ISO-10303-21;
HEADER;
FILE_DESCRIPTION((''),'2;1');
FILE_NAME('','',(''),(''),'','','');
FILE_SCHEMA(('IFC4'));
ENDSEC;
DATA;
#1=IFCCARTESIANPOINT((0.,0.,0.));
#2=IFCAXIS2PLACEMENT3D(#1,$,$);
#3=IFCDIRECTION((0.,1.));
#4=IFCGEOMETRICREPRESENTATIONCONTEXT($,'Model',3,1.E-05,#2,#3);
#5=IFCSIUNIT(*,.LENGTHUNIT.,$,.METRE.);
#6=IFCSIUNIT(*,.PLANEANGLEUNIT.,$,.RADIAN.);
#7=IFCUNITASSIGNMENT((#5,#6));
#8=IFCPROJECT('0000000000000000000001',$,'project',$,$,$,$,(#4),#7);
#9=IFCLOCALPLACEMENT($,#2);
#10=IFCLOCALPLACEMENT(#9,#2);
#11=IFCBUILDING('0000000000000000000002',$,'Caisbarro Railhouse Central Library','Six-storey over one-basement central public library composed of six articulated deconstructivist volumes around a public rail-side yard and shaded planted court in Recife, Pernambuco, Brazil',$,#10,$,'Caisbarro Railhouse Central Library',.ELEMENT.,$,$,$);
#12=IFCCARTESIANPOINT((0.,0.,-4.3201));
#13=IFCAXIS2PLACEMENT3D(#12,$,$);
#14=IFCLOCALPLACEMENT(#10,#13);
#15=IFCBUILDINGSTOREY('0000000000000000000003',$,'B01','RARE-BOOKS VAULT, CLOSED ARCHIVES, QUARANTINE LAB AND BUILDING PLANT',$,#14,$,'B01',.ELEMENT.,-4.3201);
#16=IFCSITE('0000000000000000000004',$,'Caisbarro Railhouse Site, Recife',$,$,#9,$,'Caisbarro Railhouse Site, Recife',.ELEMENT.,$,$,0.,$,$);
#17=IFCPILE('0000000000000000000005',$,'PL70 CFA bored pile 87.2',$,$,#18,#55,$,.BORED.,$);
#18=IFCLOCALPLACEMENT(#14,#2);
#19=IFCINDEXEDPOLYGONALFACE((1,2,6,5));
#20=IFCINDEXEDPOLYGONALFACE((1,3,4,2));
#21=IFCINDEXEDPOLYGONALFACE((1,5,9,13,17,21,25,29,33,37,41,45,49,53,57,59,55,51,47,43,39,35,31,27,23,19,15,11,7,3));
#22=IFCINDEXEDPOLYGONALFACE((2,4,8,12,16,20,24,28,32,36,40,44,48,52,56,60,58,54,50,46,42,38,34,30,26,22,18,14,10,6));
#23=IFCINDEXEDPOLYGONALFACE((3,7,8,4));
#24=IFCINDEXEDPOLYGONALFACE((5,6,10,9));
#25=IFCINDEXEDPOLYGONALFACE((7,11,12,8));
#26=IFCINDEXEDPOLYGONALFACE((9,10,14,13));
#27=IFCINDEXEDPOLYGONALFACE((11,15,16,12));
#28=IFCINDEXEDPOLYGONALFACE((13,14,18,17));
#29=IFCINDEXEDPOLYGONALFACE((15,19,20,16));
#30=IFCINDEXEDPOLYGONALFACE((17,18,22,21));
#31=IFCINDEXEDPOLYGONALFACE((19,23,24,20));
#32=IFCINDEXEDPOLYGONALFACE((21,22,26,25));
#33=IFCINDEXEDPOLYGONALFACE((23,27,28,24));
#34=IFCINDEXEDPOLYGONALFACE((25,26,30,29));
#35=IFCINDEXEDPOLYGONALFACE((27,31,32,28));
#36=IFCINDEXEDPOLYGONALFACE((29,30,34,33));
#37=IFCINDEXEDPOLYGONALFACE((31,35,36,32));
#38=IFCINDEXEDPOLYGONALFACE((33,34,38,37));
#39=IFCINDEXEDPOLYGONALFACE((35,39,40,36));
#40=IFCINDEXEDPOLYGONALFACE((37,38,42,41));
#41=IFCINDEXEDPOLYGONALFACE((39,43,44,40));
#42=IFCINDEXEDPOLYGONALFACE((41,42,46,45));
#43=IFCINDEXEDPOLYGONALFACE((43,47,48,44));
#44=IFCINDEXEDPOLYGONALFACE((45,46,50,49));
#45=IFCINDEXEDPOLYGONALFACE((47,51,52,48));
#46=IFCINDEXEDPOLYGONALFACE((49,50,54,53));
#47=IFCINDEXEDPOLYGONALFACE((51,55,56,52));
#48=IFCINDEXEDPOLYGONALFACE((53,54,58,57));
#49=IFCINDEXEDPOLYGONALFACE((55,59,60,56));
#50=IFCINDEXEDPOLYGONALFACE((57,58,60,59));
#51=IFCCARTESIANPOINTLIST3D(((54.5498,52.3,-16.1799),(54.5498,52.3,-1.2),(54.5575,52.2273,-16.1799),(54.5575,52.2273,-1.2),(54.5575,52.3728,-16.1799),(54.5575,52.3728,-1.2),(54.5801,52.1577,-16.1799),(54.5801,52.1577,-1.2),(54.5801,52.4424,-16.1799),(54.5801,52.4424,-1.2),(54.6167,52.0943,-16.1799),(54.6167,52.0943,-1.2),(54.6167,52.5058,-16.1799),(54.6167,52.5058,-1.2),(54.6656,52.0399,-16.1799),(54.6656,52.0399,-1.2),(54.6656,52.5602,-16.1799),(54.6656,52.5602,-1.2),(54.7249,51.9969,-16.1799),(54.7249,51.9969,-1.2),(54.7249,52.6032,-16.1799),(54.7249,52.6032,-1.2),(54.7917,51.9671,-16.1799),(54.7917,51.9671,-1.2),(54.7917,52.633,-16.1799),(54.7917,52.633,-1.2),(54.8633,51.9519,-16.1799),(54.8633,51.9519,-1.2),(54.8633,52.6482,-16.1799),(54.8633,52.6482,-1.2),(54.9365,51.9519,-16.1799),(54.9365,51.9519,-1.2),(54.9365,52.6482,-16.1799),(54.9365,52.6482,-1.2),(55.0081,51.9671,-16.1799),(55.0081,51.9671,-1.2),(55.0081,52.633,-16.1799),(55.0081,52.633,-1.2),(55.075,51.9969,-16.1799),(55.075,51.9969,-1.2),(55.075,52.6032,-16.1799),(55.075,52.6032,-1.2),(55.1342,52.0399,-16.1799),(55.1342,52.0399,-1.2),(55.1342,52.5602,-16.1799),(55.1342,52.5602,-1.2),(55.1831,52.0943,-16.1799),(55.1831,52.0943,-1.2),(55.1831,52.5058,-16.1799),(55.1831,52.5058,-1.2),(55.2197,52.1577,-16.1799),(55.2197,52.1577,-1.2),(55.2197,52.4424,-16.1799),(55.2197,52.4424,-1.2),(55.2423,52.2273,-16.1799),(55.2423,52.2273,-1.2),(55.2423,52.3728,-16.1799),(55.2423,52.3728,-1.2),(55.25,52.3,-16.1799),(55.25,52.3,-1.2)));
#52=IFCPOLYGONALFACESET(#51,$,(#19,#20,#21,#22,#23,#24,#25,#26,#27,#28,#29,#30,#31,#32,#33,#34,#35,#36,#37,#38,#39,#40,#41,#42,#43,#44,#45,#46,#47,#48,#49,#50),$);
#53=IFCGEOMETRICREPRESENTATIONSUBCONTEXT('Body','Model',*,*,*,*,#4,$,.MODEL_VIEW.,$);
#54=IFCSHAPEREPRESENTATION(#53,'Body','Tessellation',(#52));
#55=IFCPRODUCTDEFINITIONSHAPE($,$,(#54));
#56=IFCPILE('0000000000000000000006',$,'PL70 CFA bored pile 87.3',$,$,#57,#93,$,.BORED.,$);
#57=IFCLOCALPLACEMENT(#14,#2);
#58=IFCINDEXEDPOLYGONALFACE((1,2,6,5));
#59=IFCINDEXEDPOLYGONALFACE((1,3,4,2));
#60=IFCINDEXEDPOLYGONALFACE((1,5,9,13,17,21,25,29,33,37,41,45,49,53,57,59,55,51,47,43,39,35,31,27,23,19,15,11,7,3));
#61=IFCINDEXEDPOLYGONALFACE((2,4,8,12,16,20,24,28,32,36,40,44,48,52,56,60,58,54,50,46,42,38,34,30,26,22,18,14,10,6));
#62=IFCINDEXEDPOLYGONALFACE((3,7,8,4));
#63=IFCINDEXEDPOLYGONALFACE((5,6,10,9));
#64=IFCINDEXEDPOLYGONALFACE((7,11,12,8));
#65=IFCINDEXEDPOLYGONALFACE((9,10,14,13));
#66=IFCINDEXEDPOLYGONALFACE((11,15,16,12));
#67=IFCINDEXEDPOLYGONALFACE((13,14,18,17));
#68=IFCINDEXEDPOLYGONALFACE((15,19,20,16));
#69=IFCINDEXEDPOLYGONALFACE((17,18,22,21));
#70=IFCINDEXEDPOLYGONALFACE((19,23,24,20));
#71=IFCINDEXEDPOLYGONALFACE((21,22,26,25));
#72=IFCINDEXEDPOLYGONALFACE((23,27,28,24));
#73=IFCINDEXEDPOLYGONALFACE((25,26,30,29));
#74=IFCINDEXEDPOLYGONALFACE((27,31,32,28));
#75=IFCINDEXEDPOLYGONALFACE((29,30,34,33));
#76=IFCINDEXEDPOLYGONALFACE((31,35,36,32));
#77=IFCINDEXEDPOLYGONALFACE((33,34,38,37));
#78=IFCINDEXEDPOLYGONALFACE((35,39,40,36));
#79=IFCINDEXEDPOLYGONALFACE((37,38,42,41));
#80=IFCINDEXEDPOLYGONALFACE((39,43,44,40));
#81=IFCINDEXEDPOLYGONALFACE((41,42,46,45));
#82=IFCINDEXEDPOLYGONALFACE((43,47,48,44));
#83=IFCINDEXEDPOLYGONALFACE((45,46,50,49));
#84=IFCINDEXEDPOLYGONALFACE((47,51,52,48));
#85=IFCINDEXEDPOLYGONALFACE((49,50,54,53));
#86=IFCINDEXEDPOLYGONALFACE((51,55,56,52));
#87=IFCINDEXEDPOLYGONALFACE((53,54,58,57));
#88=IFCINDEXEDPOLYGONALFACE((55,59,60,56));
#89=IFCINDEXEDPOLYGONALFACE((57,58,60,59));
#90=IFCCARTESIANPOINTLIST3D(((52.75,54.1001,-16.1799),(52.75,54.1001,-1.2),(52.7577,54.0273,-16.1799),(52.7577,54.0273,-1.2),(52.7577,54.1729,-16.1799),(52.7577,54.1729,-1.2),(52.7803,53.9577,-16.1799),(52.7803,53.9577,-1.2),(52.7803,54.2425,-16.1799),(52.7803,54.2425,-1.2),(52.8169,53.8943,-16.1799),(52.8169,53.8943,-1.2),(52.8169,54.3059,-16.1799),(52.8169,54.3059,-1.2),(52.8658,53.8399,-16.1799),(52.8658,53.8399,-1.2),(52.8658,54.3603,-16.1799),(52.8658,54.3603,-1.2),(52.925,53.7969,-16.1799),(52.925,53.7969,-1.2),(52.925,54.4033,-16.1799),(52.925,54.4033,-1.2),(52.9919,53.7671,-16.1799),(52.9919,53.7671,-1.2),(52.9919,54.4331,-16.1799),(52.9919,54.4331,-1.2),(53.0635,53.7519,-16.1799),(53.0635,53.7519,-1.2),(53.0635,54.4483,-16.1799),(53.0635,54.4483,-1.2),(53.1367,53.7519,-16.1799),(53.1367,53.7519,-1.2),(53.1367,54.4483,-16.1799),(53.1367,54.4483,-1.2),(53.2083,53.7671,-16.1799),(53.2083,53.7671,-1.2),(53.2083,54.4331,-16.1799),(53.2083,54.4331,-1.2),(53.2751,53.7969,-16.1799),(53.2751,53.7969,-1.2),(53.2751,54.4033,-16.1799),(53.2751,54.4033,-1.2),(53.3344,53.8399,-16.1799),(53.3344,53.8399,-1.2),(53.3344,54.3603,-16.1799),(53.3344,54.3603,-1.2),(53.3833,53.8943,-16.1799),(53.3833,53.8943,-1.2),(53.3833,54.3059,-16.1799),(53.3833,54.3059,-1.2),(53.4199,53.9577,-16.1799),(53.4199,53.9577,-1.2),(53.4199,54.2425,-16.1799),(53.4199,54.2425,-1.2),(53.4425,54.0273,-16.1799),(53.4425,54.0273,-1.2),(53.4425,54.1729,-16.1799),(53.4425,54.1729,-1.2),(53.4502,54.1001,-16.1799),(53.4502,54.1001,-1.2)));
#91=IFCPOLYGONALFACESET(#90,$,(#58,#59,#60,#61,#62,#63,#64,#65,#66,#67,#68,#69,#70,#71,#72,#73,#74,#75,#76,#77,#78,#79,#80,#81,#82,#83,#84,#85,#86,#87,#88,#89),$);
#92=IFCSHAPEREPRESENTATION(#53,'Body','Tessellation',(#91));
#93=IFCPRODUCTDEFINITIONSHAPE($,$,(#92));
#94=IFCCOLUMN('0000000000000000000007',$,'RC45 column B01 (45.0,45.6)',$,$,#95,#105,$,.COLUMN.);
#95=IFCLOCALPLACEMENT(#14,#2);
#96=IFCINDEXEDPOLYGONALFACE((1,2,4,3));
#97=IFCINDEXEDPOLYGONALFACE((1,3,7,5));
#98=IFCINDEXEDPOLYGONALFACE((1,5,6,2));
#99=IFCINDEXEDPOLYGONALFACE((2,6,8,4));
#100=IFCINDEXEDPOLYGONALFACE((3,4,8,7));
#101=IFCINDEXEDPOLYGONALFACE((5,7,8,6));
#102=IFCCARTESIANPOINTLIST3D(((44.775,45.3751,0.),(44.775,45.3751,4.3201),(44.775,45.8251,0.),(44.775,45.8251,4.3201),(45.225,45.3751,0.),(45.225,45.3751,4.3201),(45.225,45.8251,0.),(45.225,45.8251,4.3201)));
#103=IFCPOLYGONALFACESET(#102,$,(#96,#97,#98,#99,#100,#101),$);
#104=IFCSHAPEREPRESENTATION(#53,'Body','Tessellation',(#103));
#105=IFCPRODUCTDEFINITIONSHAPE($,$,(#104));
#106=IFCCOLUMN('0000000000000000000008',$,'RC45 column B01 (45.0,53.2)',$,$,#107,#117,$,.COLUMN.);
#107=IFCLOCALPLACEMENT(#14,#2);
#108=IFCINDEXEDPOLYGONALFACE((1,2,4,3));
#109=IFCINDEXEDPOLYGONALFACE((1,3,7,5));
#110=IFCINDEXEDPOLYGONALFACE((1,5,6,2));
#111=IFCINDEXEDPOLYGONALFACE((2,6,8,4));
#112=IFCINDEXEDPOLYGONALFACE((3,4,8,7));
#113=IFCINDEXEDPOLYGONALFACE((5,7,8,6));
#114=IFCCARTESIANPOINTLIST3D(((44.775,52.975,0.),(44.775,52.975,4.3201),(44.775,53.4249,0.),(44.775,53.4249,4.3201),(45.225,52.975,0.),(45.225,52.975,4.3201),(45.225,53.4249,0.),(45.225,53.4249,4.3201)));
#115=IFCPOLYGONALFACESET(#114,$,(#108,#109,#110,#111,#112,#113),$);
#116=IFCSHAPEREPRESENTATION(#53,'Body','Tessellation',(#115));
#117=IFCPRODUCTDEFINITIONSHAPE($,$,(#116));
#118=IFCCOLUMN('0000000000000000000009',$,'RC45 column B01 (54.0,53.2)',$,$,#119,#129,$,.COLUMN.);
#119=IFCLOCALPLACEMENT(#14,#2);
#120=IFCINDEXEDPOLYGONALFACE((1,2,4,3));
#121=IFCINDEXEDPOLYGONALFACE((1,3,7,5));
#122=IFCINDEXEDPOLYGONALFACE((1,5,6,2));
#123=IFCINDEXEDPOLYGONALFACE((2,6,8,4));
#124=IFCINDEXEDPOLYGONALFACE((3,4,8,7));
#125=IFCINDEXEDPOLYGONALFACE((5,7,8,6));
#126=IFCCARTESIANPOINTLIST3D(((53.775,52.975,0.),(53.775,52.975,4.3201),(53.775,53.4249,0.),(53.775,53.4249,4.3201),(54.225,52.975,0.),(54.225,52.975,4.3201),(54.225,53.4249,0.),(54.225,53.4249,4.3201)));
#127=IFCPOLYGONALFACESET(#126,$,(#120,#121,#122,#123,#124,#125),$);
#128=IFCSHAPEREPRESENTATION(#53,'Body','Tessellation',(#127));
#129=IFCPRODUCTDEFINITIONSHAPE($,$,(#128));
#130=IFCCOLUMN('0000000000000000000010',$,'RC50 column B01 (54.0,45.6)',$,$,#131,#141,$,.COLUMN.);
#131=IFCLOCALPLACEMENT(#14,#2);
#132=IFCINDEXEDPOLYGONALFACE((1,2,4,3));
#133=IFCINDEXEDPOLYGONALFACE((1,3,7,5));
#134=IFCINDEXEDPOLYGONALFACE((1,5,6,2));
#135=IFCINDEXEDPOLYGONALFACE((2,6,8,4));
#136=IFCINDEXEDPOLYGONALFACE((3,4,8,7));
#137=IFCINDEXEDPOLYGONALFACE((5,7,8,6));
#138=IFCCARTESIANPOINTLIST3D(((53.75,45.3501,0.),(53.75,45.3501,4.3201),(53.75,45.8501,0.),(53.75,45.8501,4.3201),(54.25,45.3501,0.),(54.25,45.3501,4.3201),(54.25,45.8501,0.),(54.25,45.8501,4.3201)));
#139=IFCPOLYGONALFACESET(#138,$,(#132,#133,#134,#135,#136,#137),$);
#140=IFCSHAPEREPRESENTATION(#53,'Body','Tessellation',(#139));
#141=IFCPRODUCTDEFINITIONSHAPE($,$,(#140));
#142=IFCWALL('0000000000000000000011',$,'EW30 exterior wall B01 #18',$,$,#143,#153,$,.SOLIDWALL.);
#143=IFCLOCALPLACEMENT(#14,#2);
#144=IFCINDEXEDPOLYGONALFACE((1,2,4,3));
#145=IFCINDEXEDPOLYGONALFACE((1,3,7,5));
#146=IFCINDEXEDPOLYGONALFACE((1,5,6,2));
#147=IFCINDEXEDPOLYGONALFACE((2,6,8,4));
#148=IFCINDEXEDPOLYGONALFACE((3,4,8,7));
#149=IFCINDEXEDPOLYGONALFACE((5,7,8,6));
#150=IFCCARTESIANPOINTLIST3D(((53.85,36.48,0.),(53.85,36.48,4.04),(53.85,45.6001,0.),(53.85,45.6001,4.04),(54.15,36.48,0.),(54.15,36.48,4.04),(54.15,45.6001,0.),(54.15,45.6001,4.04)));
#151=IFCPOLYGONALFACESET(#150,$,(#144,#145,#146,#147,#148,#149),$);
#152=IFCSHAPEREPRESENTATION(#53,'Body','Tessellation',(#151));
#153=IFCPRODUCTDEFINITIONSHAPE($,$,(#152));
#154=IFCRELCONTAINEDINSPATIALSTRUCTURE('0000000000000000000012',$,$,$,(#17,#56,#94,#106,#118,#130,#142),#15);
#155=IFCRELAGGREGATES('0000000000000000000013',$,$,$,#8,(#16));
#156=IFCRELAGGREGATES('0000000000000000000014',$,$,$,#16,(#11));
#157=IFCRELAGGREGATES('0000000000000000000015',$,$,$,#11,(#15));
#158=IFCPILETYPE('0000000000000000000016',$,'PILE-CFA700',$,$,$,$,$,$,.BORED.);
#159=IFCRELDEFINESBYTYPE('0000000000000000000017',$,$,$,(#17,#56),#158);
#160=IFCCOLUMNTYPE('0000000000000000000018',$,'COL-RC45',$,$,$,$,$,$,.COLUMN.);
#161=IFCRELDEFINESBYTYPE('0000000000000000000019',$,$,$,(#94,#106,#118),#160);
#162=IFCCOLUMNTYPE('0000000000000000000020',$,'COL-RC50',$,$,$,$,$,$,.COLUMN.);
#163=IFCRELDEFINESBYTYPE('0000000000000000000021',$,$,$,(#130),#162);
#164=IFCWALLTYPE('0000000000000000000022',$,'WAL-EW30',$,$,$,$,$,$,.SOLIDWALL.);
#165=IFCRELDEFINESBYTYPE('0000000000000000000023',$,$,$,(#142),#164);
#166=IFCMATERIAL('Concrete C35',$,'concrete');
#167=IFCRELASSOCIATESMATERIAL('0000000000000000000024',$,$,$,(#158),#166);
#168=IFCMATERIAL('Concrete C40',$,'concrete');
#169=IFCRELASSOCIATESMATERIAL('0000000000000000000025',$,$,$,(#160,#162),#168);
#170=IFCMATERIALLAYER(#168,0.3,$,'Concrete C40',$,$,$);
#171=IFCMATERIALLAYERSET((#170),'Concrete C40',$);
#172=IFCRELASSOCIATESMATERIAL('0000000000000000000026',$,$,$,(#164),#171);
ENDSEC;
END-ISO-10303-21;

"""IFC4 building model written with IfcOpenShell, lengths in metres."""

from ifc_helpers import new_model, si_unit, direction, frame, frame_2d, origin, origin_2d, place, context, subcontext, project, spatial, rectangle, circle, extrude, material, layer, layer_set, material_profile, profile_set, type_object, element, save


model = new_model("IFC4")

# Units and contexts
model_context = context("Model", 3, precision=1e-05, world=origin(), true_north=direction((0.0, 1.0)))
body_context = subcontext(model_context, "Body", "Model", "MODEL_VIEW")
ifc_project = project(units=[si_unit("LENGTHUNIT", "METRE"), si_unit("PLANEANGLEUNIT", "RADIAN")], contexts=[model_context])

# Site, building, storey
site_placement = place(None, origin())
site = spatial("IfcSite", under=ifc_project, at=site_placement, Name="Caisbarro Railhouse Site, Recife", LongName="Caisbarro Railhouse Site, Recife", CompositionType="ELEMENT", RefElevation=0.0)
building_placement = place(site_placement, origin())
building = spatial("IfcBuilding", under=site, at=building_placement, Name="Caisbarro Railhouse Central Library", Description="Six-storey over one-basement central public library composed of six articulated deconstructivist volumes around a public rail-side yard and shaded planted court in Recife, Pernambuco, Brazil", LongName="Caisbarro Railhouse Central Library", CompositionType="ELEMENT")
storey_placement = place(building_placement, frame((0.0, 0.0, -4.3201)))
storey = spatial("IfcBuildingStorey", under=building, at=storey_placement, Name="B01", Description="RARE-BOOKS VAULT, CLOSED ARCHIVES, QUARANTINE LAB AND BUILDING PLANT", LongName="B01", CompositionType="ELEMENT", Elevation=-4.3201)

# Shared definitions
ifc_material_1 = material(Name="Concrete C35", Category="concrete")
ifc_material_2 = material(Name="Concrete C40", Category="concrete")

# Piles
ifc_material_profile_1 = material_profile(ifc_material_1, circle(Radius=0.3501, at=origin_2d()), Name="PILE-CFA-700")
ifc_profile_set_1 = profile_set([ifc_material_profile_1], Name="Concrete C35")
pile_type = type_object("IfcPileType", Name="PILE-CFA700", PredefinedType="BORED", material=ifc_profile_set_1)
for number, where, z_axis, x_axis, name in (
    (1, (54.8999, 52.3, -1.2), (0.0, 0.0, -1.0), (1.0, 0.0, 0.0), "PL70 CFA bored pile 87.2"),
    (2, (53.1001, 54.1001, -1.2), (0.0, 0.0, -1.0), (1.0, 0.0, 0.0), "PL70 CFA bored pile 87.3"),
):
    element("IfcPile", number, at=place(storey_placement, frame(where, z_axis=z_axis, x_axis=x_axis)), inside=storey, type_object=pile_type, Name=name, PredefinedType="BORED", context=body_context, shape_type="SweptSolid", body=[
        extrude(circle(Radius=0.3501, at=origin_2d()), origin(), (0.0, 0.0, 1.0), 14.98),
    ])

# Columns
ifc_material_profile_2 = material_profile(ifc_material_2, rectangle(XDim=0.45, YDim=0.45, at=origin_2d()), Name="RC-COL-450X450")
ifc_profile_set_2 = profile_set([ifc_material_profile_2], Name="Concrete C40")
column_type_1 = type_object("IfcColumnType", Name="COL-RC45", PredefinedType="COLUMN", material=ifc_profile_set_2)
for number, where, z_axis, x_axis, name in (
    (3, (45.0, 45.6001, 0.0), (0.0, 0.0, 1.0), (1.0, 0.0, 0.0), "RC45 column B01 (45.0,45.6)"),
    (4, (45.0, 53.2, 0.0), (0.0, 0.0, 1.0), (1.0, 0.0, 0.0), "RC45 column B01 (45.0,53.2)"),
    (5, (54.0, 53.2, 0.0), (0.0, 0.0, 1.0), (1.0, 0.0, 0.0), "RC45 column B01 (54.0,53.2)"),
):
    element("IfcColumn", number, at=place(storey_placement, frame(where, z_axis=z_axis, x_axis=x_axis)), inside=storey, type_object=column_type_1, Name=name, PredefinedType="COLUMN", context=body_context, shape_type="SweptSolid", body=[
        extrude(rectangle(XDim=0.45, YDim=0.45, at=origin_2d()), origin(), (0.0, 0.0, 1.0), 4.3201),
    ])
ifc_material_profile_3 = material_profile(ifc_material_2, rectangle(XDim=0.5, YDim=0.5, at=origin_2d()), Name="RC-COL-500X500")
ifc_profile_set_3 = profile_set([ifc_material_profile_3], Name="Concrete C40")
column_type_2 = type_object("IfcColumnType", Name="COL-RC50", PredefinedType="COLUMN", material=ifc_profile_set_3)
column_placement = place(storey_placement, frame((54.0, 45.6001, 0.0), z_axis=(0.0, 0.0, 1.0), x_axis=(1.0, 0.0, 0.0)))
element("IfcColumn", 6, at=column_placement, inside=storey, type_object=column_type_2, Name="RC50 column B01 (54.0,45.6)", PredefinedType="COLUMN", context=body_context, shape_type="SweptSolid", body=[
    extrude(rectangle(XDim=0.5, YDim=0.5, at=origin_2d()), origin(), (0.0, 0.0, 1.0), 4.3201),
])

# Wall
ifc_layer_1 = layer(ifc_material_2, 0.3, Name="Concrete C40")
ifc_layer_set_1 = layer_set([ifc_layer_1], Name="Concrete C40")
wall_type = type_object("IfcWallType", Name="WAL-EW30", PredefinedType="SOLIDWALL", material=ifc_layer_set_1)
wall_placement = place(storey_placement, frame((54.0, 45.6001, 0.0), z_axis=(0.0, 0.0, 1.0), x_axis=(0.0, -1.0, 0.0)))
element("IfcWall", 7, at=wall_placement, inside=storey, type_object=wall_type, Name="EW30 exterior wall B01 #18", PredefinedType="SOLIDWALL", context=body_context, shape_type="SweptSolid", body=[
    extrude(rectangle(XDim=9.1201, YDim=0.3, at=frame_2d((4.5601, 0.0))), origin(), (0.0, 0.0, 1.0), 4.04),
])

save(model, "model.ifc")
